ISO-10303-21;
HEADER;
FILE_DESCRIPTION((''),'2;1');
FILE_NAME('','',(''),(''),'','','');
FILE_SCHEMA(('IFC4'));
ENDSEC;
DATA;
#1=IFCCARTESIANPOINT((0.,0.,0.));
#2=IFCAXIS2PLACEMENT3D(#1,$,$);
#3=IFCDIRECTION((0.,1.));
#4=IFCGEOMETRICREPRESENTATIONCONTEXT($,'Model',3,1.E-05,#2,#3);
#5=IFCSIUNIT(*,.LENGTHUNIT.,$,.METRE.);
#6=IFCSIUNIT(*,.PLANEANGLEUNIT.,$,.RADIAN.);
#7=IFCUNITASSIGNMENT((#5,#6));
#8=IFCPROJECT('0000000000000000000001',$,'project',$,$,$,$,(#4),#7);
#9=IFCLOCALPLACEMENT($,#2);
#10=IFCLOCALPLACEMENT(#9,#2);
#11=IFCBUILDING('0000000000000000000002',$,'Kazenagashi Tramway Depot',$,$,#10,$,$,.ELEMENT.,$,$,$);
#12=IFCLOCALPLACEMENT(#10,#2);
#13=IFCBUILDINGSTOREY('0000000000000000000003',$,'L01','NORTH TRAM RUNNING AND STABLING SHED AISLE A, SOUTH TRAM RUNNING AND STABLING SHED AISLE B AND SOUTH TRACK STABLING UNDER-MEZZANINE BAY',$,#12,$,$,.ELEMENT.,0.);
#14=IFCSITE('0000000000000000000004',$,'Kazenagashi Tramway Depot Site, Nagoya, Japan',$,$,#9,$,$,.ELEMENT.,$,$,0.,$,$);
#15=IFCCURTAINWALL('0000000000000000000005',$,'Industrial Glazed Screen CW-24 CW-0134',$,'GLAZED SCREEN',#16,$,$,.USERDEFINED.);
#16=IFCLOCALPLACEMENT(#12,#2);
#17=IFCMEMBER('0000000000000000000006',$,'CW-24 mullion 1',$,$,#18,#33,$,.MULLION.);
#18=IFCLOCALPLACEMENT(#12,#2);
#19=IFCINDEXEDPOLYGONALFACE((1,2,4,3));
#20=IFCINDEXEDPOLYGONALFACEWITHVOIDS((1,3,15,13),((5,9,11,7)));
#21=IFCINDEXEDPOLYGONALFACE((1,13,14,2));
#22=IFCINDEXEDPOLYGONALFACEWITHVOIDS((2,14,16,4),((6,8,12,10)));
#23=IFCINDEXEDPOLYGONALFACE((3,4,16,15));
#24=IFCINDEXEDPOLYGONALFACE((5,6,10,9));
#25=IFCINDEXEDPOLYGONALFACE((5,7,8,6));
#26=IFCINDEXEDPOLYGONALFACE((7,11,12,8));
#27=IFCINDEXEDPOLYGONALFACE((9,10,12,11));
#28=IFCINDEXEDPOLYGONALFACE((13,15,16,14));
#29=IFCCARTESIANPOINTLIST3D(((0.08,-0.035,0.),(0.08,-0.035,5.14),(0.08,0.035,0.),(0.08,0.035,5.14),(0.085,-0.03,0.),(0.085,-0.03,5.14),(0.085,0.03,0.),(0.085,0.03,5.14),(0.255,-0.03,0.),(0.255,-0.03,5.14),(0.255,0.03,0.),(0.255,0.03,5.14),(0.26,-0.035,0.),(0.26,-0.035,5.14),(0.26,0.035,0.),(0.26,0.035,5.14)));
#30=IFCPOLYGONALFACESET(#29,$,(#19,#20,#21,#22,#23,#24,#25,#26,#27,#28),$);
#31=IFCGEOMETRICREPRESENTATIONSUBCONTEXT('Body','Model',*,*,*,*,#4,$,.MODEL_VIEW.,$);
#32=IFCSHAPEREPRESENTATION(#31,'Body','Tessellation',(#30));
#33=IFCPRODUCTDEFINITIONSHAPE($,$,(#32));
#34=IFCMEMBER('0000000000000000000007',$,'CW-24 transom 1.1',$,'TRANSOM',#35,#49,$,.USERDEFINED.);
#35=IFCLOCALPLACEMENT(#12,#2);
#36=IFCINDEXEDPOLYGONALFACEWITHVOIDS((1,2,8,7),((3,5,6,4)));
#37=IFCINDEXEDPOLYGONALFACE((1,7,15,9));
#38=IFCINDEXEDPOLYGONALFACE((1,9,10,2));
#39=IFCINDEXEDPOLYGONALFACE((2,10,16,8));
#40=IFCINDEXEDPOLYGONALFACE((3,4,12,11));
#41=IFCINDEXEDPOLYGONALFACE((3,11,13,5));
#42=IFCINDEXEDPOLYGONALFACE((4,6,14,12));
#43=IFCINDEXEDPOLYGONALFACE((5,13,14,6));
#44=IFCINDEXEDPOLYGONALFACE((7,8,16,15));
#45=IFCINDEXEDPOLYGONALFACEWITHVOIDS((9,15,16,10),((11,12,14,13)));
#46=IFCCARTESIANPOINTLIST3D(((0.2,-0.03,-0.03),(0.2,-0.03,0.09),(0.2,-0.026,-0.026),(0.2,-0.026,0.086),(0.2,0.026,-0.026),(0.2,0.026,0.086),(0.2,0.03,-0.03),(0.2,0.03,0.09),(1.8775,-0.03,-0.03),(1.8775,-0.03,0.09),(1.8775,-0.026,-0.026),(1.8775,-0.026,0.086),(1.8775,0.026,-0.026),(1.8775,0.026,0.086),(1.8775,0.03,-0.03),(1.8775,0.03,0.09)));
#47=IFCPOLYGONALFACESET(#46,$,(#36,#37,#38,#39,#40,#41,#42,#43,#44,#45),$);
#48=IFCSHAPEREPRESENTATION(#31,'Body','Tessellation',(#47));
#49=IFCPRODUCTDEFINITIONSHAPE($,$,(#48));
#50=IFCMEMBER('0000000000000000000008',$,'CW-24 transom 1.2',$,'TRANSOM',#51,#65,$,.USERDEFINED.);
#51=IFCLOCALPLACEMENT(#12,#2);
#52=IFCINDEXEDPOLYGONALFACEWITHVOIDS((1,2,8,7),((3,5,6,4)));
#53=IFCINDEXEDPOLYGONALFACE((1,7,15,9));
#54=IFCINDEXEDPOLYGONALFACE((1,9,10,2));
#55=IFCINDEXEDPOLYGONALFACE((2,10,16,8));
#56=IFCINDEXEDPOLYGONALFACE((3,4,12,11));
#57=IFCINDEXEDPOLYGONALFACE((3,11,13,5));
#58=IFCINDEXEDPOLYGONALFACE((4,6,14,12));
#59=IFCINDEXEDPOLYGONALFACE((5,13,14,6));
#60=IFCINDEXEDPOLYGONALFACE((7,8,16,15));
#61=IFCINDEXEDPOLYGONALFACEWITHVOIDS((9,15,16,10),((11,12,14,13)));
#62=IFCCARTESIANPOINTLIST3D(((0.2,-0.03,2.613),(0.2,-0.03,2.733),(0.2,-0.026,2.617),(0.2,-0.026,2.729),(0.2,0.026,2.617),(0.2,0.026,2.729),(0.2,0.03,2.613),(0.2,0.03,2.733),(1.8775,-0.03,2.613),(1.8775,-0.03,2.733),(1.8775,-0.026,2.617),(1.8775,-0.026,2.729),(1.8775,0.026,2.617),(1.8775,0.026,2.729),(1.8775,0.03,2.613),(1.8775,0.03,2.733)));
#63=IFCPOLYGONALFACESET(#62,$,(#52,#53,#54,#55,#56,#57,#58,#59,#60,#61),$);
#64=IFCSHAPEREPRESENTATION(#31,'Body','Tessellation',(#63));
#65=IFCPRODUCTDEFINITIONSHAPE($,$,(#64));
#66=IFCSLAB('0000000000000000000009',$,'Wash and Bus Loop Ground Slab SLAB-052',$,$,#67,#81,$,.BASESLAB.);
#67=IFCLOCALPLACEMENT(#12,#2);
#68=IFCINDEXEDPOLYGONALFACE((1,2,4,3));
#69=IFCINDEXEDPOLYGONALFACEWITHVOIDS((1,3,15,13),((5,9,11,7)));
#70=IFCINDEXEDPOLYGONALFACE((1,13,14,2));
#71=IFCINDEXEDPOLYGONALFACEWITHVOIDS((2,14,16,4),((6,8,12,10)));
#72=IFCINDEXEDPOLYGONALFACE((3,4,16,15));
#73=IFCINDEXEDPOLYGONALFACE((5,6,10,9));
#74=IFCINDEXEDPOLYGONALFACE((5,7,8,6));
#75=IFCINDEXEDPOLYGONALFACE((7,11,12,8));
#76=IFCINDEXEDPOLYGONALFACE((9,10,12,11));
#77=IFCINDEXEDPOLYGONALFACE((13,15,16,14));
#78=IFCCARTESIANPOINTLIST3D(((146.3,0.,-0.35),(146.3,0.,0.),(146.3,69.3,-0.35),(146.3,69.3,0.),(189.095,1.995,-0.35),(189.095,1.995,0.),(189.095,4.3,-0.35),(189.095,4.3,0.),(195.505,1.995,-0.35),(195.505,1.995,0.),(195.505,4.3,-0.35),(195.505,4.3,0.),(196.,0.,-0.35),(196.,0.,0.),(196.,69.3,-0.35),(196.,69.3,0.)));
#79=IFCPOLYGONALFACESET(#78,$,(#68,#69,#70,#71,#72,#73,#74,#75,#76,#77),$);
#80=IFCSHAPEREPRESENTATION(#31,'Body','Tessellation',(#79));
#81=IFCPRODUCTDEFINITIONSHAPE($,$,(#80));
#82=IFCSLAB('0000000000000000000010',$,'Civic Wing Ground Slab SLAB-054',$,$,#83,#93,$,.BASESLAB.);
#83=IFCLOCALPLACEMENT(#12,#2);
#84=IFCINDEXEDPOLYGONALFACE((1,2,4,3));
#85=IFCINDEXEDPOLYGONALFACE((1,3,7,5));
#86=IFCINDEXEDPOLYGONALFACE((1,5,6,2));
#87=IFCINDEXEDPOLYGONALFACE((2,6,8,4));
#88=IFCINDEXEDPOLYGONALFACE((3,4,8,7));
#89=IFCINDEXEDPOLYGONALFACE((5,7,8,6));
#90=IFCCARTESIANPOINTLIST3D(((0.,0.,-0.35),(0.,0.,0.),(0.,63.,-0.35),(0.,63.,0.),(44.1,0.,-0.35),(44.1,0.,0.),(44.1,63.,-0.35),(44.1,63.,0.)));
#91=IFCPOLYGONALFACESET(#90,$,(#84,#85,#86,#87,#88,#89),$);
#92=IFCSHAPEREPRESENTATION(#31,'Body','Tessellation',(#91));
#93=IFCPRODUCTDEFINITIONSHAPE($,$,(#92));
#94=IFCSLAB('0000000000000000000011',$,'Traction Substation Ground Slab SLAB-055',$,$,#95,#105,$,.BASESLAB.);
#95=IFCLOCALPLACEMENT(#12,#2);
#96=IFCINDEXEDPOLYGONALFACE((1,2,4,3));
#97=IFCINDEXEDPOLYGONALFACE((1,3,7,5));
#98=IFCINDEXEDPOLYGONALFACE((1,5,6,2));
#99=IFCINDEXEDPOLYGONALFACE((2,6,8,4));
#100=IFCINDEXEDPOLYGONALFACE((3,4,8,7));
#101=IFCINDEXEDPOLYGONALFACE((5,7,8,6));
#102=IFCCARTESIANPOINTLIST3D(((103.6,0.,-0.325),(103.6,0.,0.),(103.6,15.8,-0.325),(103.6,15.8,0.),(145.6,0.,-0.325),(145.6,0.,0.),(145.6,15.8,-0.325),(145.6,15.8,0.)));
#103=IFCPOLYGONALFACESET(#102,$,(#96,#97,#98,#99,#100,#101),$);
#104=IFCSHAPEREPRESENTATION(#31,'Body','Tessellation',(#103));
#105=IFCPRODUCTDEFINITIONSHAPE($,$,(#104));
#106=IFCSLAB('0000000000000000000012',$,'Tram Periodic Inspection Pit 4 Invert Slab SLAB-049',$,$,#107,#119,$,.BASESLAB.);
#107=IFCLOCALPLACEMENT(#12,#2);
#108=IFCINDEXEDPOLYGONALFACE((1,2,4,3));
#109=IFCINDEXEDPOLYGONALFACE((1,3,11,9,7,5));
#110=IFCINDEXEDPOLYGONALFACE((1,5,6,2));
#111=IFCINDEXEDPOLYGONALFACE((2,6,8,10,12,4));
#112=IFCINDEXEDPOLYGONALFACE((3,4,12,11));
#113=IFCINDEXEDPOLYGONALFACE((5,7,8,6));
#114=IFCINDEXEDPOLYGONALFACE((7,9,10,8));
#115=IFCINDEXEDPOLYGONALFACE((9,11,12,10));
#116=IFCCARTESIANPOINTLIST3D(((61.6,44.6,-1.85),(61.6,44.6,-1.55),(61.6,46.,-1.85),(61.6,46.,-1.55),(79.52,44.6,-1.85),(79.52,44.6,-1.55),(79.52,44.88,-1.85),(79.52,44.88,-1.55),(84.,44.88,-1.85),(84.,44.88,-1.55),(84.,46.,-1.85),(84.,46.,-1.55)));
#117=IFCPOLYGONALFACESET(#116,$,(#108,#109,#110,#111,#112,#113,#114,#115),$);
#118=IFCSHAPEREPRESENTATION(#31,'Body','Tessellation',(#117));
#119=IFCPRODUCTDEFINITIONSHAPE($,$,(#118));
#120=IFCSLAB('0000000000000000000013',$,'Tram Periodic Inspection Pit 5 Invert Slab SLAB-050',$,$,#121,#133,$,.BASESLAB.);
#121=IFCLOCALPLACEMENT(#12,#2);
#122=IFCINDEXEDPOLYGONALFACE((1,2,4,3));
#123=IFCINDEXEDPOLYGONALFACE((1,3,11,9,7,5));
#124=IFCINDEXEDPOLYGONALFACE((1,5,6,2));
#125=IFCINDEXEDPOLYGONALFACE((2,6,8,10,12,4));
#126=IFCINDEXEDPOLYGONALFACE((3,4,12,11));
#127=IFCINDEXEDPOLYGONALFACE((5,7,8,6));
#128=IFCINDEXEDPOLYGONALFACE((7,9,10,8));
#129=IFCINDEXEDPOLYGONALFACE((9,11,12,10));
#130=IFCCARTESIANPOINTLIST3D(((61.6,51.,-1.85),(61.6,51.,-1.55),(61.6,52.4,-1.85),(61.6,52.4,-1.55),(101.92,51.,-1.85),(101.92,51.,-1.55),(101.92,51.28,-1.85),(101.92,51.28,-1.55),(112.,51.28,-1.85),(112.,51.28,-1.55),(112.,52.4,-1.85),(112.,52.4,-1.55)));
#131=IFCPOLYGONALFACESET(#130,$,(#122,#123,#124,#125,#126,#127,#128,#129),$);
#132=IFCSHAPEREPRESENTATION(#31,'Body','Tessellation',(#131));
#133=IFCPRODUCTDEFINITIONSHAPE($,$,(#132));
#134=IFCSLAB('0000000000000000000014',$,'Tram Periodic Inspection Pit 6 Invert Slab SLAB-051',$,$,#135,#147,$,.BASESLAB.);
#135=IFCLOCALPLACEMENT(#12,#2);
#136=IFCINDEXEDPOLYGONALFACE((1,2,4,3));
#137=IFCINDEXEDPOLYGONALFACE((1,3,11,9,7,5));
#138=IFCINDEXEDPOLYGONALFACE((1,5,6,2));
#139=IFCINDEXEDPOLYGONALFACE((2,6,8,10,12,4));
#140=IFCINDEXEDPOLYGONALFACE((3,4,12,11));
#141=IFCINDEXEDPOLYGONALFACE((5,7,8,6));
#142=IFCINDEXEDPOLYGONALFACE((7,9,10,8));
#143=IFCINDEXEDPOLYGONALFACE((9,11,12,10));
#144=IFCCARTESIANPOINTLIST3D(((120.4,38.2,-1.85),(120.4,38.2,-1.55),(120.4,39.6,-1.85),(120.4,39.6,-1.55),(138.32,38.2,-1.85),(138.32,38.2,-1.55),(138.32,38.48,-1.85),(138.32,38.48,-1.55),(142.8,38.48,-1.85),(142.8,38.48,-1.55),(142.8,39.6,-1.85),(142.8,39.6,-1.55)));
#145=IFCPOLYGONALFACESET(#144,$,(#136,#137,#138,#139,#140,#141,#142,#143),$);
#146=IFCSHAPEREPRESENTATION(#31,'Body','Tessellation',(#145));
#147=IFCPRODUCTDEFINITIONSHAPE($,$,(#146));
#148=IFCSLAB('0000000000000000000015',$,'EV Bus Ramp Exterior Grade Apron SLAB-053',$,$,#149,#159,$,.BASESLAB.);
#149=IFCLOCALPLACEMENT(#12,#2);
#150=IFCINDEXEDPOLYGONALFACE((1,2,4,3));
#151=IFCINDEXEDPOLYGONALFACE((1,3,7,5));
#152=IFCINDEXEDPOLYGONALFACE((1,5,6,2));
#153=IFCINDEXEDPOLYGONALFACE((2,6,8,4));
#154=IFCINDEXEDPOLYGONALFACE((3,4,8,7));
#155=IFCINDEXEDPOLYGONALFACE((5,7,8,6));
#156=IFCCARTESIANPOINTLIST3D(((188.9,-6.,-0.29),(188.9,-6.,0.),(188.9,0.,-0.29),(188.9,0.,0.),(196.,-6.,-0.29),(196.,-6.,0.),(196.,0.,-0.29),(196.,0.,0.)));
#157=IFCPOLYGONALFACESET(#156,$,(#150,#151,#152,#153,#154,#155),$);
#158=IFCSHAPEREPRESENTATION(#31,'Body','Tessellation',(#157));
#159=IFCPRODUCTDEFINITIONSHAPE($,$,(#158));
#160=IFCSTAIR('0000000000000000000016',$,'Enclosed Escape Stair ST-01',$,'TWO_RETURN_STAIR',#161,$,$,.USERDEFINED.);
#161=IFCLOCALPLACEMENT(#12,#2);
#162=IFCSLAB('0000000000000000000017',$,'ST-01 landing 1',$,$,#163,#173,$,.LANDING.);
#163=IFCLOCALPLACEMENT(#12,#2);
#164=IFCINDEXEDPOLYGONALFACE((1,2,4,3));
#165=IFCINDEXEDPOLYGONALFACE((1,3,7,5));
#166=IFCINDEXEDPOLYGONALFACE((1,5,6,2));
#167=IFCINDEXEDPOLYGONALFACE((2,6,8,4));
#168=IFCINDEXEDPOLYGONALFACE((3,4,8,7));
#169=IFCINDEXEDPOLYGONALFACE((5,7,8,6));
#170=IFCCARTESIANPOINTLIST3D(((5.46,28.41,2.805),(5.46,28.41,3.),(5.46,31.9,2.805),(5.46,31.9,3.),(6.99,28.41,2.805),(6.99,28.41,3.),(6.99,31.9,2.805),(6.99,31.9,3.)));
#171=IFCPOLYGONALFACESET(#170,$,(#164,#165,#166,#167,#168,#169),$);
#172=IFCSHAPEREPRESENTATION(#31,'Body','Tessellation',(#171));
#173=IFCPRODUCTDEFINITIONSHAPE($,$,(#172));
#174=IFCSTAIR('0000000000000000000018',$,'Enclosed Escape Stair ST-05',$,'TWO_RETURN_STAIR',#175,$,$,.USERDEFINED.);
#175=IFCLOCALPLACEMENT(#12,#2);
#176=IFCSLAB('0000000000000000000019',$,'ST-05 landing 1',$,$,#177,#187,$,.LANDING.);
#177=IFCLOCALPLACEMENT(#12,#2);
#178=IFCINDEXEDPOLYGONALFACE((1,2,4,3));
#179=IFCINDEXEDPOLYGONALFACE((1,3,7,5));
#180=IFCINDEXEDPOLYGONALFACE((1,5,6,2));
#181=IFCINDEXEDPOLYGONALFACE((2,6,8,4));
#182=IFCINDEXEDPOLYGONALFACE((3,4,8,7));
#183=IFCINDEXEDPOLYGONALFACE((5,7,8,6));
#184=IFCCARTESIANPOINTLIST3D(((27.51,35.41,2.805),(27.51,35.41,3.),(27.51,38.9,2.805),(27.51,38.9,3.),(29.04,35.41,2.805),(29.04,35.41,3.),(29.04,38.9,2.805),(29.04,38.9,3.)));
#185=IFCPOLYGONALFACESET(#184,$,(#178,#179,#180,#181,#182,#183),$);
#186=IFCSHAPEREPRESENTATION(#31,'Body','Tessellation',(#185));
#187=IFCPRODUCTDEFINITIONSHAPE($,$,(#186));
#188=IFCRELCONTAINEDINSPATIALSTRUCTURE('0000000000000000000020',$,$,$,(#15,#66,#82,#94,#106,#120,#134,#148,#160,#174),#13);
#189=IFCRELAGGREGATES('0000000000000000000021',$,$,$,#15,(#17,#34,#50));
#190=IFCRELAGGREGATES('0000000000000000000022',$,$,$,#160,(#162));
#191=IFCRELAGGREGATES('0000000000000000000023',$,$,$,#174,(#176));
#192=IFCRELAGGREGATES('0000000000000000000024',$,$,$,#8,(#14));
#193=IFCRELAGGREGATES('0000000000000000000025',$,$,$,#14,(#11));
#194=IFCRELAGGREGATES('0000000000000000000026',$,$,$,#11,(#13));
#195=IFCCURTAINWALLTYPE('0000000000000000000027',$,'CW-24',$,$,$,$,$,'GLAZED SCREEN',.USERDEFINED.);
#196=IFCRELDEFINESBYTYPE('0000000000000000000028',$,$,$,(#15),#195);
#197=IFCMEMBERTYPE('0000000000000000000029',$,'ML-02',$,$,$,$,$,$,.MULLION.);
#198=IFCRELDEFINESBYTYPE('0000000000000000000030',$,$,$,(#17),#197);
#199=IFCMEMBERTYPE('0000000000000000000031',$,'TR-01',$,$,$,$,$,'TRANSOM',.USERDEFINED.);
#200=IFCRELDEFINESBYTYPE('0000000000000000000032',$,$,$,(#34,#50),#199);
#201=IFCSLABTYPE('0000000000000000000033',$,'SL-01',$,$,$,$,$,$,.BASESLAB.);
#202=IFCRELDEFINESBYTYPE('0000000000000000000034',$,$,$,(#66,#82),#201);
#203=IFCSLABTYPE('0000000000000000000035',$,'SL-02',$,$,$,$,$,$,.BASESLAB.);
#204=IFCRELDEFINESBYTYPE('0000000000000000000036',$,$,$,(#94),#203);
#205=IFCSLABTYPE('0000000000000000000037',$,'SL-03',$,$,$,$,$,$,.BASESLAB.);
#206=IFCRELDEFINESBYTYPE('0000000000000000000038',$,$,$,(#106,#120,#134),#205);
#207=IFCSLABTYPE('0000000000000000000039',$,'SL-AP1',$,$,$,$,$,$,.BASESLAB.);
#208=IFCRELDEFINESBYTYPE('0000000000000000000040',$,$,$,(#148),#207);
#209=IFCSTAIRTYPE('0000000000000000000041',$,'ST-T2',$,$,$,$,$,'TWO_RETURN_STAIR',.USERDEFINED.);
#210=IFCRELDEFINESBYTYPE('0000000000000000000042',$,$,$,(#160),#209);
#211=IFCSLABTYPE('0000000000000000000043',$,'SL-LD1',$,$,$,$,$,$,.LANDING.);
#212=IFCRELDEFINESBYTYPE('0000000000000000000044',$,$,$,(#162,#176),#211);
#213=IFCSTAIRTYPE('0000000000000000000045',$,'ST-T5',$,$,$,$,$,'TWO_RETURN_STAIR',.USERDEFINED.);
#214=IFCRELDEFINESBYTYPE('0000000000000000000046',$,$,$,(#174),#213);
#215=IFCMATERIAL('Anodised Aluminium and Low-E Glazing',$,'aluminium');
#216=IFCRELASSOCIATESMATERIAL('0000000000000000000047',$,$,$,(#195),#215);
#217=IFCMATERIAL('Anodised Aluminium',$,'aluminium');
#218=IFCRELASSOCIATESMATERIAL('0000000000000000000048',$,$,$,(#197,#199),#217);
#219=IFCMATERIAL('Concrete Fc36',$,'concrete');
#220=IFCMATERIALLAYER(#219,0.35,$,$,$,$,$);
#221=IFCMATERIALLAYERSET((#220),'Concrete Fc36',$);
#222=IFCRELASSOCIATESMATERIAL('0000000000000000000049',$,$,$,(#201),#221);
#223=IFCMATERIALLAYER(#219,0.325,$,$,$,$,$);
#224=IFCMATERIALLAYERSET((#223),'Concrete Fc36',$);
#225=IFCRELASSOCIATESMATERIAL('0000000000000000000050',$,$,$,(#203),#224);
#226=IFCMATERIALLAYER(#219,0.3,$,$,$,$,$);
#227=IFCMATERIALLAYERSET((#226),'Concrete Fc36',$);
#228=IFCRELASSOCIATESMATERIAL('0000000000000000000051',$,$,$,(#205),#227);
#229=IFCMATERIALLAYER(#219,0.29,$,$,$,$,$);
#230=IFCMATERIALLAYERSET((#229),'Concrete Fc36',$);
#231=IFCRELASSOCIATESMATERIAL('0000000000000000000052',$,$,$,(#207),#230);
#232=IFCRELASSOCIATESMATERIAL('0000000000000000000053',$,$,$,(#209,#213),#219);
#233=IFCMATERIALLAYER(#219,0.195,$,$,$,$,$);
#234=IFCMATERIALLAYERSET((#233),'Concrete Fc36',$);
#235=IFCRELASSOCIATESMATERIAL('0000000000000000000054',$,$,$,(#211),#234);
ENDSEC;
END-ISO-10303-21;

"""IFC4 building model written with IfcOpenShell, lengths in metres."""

from ifc_helpers import new_model, si_unit, direction, frame, origin, origin_2d, place, context, subcontext, project, spatial, polyline, hollow_rectangle, outline, extrude, material, layer, layer_set, material_profile, profile_set, type_object, element, aggregate, save


model = new_model("IFC4")

# Units and contexts
model_context = context("Model", 3, precision=1e-05, world=origin(), true_north=direction((0.0, 1.0)))
body_context = subcontext(model_context, "Body", "Model", "MODEL_VIEW")
ifc_project = project(units=[si_unit("LENGTHUNIT", "METRE"), si_unit("PLANEANGLEUNIT", "RADIAN")], contexts=[model_context])

# Site, building, storey
site_placement = place(None, origin())
site = spatial("IfcSite", under=ifc_project, at=site_placement, Name="Kazenagashi Tramway Depot Site, Nagoya, Japan", CompositionType="ELEMENT", RefElevation=0.0)
building_placement = place(site_placement, origin())
building = spatial("IfcBuilding", under=site, at=building_placement, Name="Kazenagashi Tramway Depot", CompositionType="ELEMENT")
storey_placement = place(building_placement, origin())
storey = spatial("IfcBuildingStorey", under=building, at=storey_placement, Name="L01", Description="NORTH TRAM RUNNING AND STABLING SHED AISLE A, SOUTH TRAM RUNNING AND STABLING SHED AISLE B AND SOUTH TRACK STABLING UNDER-MEZZANINE BAY", CompositionType="ELEMENT", Elevation=0.0)

# Curtain wall, members
ifc_material_1 = material(Name="Anodised Aluminium and Low-E Glazing", Category="aluminium")
curtain_wall_type = type_object("IfcCurtainWallType", Name="CW-24", ElementType="GLAZED SCREEN", PredefinedType="USERDEFINED", material=ifc_material_1)
curtain_wall_placement = place(storey_placement, origin())
curtain_wall = element("IfcCurtainWall", 1, at=curtain_wall_placement, inside=storey, type_object=curtain_wall_type, Name="Industrial Glazed Screen CW-24 CW-0134", ObjectType="GLAZED SCREEN", PredefinedType="USERDEFINED")
ifc_material_2 = material(Name="Anodised Aluminium", Category="aluminium")
ifc_material_profile_1 = material_profile(ifc_material_2, hollow_rectangle(XDim=0.07, YDim=0.18, WallThickness=0.005, at=origin_2d()), Name="RHS-180x70x5")
ifc_profile_set_1 = profile_set([ifc_material_profile_1], Name="Anodised Aluminium")
member_type_1 = type_object("IfcMemberType", Name="ML-02", PredefinedType="MULLION", material=ifc_profile_set_1)
member_1_placement = place(storey_placement, frame((0.17, 0.0, 0.0), z_axis=(0.0, 0.0, 1.0), x_axis=(0.0, 1.0, 0.0)))
member_1 = element("IfcMember", 2, at=member_1_placement, type_object=member_type_1, Name="CW-24 mullion 1", PredefinedType="MULLION", context=body_context, shape_type="SweptSolid", body=[
    extrude(hollow_rectangle(XDim=0.07, YDim=0.18, WallThickness=0.005, at=origin_2d()), origin(), (0.0, 0.0, 1.0), 5.14),
])
ifc_material_profile_2 = material_profile(ifc_material_2, hollow_rectangle(XDim=0.06, YDim=0.12, WallThickness=0.004, at=origin_2d()), Name="RHS-120x60x4")
ifc_profile_set_2 = profile_set([ifc_material_profile_2], Name="Anodised Aluminium")
member_type_2 = type_object("IfcMemberType", Name="TR-01", ElementType="TRANSOM", PredefinedType="USERDEFINED", material=ifc_profile_set_2)
member_2_placement = place(storey_placement, frame((0.2, 0.0, 0.03), z_axis=(1.0, 0.0, 0.0), x_axis=(0.0, 1.0, 0.0)))
member_2 = element("IfcMember", 3, at=member_2_placement, type_object=member_type_2, Name="CW-24 transom 1.1", ObjectType="TRANSOM", PredefinedType="USERDEFINED", context=body_context, shape_type="SweptSolid", body=[
    extrude(hollow_rectangle(XDim=0.06, YDim=0.12, WallThickness=0.004, at=origin_2d()), origin(), (0.0, 0.0, 1.0), 1.6775),
])
member_3_placement = place(storey_placement, frame((0.2, 0.0, 2.673), z_axis=(1.0, 0.0, 0.0), x_axis=(0.0, 1.0, 0.0)))
member_3 = element("IfcMember", 4, at=member_3_placement, type_object=member_type_2, Name="CW-24 transom 1.2", ObjectType="TRANSOM", PredefinedType="USERDEFINED", context=body_context, shape_type="SweptSolid", body=[
    extrude(hollow_rectangle(XDim=0.06, YDim=0.12, WallThickness=0.004, at=origin_2d()), origin(), (0.0, 0.0, 1.0), 1.6775),
])
aggregate(curtain_wall, [member_1, member_2, member_3])

# Slabs
ifc_material_3 = material(Name="Concrete Fc36", Category="concrete")
ifc_layer_1 = layer(ifc_material_3, 0.35)
ifc_layer_set_1 = layer_set([ifc_layer_1], Name="Concrete Fc36")
slab_type_1 = type_object("IfcSlabType", Name="SL-01", PredefinedType="BASESLAB", material=ifc_layer_set_1)
slab_1_placement = place(storey_placement, frame((0.0, 0.0, -0.35)))
element("IfcSlab", 5, at=slab_1_placement, inside=storey, type_object=slab_type_1, Name="Wash and Bus Loop Ground Slab SLAB-052", PredefinedType="BASESLAB", context=body_context, shape_type="SweptSolid", body=[
    extrude(outline(polyline([(146.3, 0.0), (196.0, 0.0), (196.0, 69.3), (146.3, 69.3), (146.3, 0.0)]), holes=[polyline([(189.095, 1.995), (195.505, 1.995), (195.505, 4.3), (189.095, 4.3), (189.095, 1.995)])]), origin(), (0.0, 0.0, 1.0), 0.35),
])
slab_2_placement = place(storey_placement, frame((0.0, 0.0, -0.35)))
element("IfcSlab", 6, at=slab_2_placement, inside=storey, type_object=slab_type_1, Name="Civic Wing Ground Slab SLAB-054", PredefinedType="BASESLAB", context=body_context, shape_type="SweptSolid", body=[
    extrude(outline(polyline([(0.0, 0.0), (44.1, 0.0), (44.1, 63.0), (0.0, 63.0), (0.0, 0.0)])), origin(), (0.0, 0.0, 1.0), 0.35),
])
ifc_layer_2 = layer(ifc_material_3, 0.325)
ifc_layer_set_2 = layer_set([ifc_layer_2], Name="Concrete Fc36")
slab_type_2 = type_object("IfcSlabType", Name="SL-02", PredefinedType="BASESLAB", material=ifc_layer_set_2)
slab_3_placement = place(storey_placement, frame((0.0, 0.0, -0.325)))
element("IfcSlab", 7, at=slab_3_placement, inside=storey, type_object=slab_type_2, Name="Traction Substation Ground Slab SLAB-055", PredefinedType="BASESLAB", context=body_context, shape_type="SweptSolid", body=[
    extrude(outline(polyline([(103.6, 0.0), (145.6, 0.0), (145.6, 15.8), (103.6, 15.8), (103.6, 0.0)])), origin(), (0.0, 0.0, 1.0), 0.325),
])
ifc_layer_3 = layer(ifc_material_3, 0.3)
ifc_layer_set_3 = layer_set([ifc_layer_3], Name="Concrete Fc36")
slab_type_3 = type_object("IfcSlabType", Name="SL-03", PredefinedType="BASESLAB", material=ifc_layer_set_3)
slab_4_placement = place(storey_placement, frame((0.0, 0.0, -1.85)))
element("IfcSlab", 8, at=slab_4_placement, inside=storey, type_object=slab_type_3, Name="Tram Periodic Inspection Pit 4 Invert Slab SLAB-049", PredefinedType="BASESLAB", context=body_context, shape_type="SweptSolid", body=[
    extrude(outline(polyline([(61.6, 44.6), (79.52, 44.6), (79.52, 44.88), (84.0, 44.88), (84.0, 46.0), (61.6, 46.0), (61.6, 44.6)])), origin(), (0.0, 0.0, 1.0), 0.3),
])
slab_5_placement = place(storey_placement, frame((0.0, 0.0, -1.85)))
element("IfcSlab", 9, at=slab_5_placement, inside=storey, type_object=slab_type_3, Name="Tram Periodic Inspection Pit 5 Invert Slab SLAB-050", PredefinedType="BASESLAB", context=body_context, shape_type="SweptSolid", body=[
    extrude(outline(polyline([(61.6, 51.0), (101.92, 51.0), (101.92, 51.28), (112.0, 51.28), (112.0, 52.4), (61.6, 52.4), (61.6, 51.0)])), origin(), (0.0, 0.0, 1.0), 0.3),
])
slab_6_placement = place(storey_placement, frame((0.0, 0.0, -1.85)))
element("IfcSlab", 10, at=slab_6_placement, inside=storey, type_object=slab_type_3, Name="Tram Periodic Inspection Pit 6 Invert Slab SLAB-051", PredefinedType="BASESLAB", context=body_context, shape_type="SweptSolid", body=[
    extrude(outline(polyline([(120.4, 38.2), (138.32, 38.2), (138.32, 38.48), (142.8, 38.48), (142.8, 39.6), (120.4, 39.6), (120.4, 38.2)])), origin(), (0.0, 0.0, 1.0), 0.3),
])
ifc_layer_4 = layer(ifc_material_3, 0.29)
ifc_layer_set_4 = layer_set([ifc_layer_4], Name="Concrete Fc36")
slab_type_4 = type_object("IfcSlabType", Name="SL-AP1", PredefinedType="BASESLAB", material=ifc_layer_set_4)
slab_7_placement = place(storey_placement, frame((0.0, 0.0, -0.29)))
element("IfcSlab", 11, at=slab_7_placement, inside=storey, type_object=slab_type_4, Name="EV Bus Ramp Exterior Grade Apron SLAB-053", PredefinedType="BASESLAB", context=body_context, shape_type="SweptSolid", body=[
    extrude(outline(polyline([(188.9, -6.0), (196.0, -6.0), (196.0, 0.0), (188.9, 0.0), (188.9, -6.0)])), origin(), (0.0, 0.0, 1.0), 0.29),
])

# Stairs, slabs
stair_type_1 = type_object("IfcStairType", Name="ST-T2", ElementType="TWO_RETURN_STAIR", PredefinedType="USERDEFINED", material=ifc_material_3)
stair_1_placement = place(storey_placement, origin())
stair_1 = element("IfcStair", 12, at=stair_1_placement, inside=storey, type_object=stair_type_1, Name="Enclosed Escape Stair ST-01", ObjectType="TWO_RETURN_STAIR", PredefinedType="USERDEFINED")
ifc_layer_5 = layer(ifc_material_3, 0.195)
ifc_layer_set_5 = layer_set([ifc_layer_5], Name="Concrete Fc36")
slab_type_5 = type_object("IfcSlabType", Name="SL-LD1", PredefinedType="LANDING", material=ifc_layer_set_5)
slab_8_placement = place(storey_placement, frame((0.0, 0.0, 2.805)))
slab_8 = element("IfcSlab", 13, at=slab_8_placement, type_object=slab_type_5, Name="ST-01 landing 1", PredefinedType="LANDING", context=body_context, shape_type="SweptSolid", body=[
    extrude(outline(polyline([(5.46, 28.41), (6.99, 28.41), (6.99, 31.9), (5.46, 31.9), (5.46, 28.41)])), origin(), (0.0, 0.0, 1.0), 0.195),
])
aggregate(stair_1, [slab_8])
stair_type_2 = type_object("IfcStairType", Name="ST-T5", ElementType="TWO_RETURN_STAIR", PredefinedType="USERDEFINED", material=ifc_material_3)
stair_2_placement = place(storey_placement, origin())
stair_2 = element("IfcStair", 14, at=stair_2_placement, inside=storey, type_object=stair_type_2, Name="Enclosed Escape Stair ST-05", ObjectType="TWO_RETURN_STAIR", PredefinedType="USERDEFINED")
slab_9_placement = place(storey_placement, frame((0.0, 0.0, 2.805)))
slab_9 = element("IfcSlab", 15, at=slab_9_placement, type_object=slab_type_5, Name="ST-05 landing 1", PredefinedType="LANDING", context=body_context, shape_type="SweptSolid", body=[
    extrude(outline(polyline([(27.51, 35.41), (29.04, 35.41), (29.04, 38.9), (27.51, 38.9), (27.51, 35.41)])), origin(), (0.0, 0.0, 1.0), 0.195),
])
aggregate(stair_2, [slab_9])

save(model, "model.ifc")
